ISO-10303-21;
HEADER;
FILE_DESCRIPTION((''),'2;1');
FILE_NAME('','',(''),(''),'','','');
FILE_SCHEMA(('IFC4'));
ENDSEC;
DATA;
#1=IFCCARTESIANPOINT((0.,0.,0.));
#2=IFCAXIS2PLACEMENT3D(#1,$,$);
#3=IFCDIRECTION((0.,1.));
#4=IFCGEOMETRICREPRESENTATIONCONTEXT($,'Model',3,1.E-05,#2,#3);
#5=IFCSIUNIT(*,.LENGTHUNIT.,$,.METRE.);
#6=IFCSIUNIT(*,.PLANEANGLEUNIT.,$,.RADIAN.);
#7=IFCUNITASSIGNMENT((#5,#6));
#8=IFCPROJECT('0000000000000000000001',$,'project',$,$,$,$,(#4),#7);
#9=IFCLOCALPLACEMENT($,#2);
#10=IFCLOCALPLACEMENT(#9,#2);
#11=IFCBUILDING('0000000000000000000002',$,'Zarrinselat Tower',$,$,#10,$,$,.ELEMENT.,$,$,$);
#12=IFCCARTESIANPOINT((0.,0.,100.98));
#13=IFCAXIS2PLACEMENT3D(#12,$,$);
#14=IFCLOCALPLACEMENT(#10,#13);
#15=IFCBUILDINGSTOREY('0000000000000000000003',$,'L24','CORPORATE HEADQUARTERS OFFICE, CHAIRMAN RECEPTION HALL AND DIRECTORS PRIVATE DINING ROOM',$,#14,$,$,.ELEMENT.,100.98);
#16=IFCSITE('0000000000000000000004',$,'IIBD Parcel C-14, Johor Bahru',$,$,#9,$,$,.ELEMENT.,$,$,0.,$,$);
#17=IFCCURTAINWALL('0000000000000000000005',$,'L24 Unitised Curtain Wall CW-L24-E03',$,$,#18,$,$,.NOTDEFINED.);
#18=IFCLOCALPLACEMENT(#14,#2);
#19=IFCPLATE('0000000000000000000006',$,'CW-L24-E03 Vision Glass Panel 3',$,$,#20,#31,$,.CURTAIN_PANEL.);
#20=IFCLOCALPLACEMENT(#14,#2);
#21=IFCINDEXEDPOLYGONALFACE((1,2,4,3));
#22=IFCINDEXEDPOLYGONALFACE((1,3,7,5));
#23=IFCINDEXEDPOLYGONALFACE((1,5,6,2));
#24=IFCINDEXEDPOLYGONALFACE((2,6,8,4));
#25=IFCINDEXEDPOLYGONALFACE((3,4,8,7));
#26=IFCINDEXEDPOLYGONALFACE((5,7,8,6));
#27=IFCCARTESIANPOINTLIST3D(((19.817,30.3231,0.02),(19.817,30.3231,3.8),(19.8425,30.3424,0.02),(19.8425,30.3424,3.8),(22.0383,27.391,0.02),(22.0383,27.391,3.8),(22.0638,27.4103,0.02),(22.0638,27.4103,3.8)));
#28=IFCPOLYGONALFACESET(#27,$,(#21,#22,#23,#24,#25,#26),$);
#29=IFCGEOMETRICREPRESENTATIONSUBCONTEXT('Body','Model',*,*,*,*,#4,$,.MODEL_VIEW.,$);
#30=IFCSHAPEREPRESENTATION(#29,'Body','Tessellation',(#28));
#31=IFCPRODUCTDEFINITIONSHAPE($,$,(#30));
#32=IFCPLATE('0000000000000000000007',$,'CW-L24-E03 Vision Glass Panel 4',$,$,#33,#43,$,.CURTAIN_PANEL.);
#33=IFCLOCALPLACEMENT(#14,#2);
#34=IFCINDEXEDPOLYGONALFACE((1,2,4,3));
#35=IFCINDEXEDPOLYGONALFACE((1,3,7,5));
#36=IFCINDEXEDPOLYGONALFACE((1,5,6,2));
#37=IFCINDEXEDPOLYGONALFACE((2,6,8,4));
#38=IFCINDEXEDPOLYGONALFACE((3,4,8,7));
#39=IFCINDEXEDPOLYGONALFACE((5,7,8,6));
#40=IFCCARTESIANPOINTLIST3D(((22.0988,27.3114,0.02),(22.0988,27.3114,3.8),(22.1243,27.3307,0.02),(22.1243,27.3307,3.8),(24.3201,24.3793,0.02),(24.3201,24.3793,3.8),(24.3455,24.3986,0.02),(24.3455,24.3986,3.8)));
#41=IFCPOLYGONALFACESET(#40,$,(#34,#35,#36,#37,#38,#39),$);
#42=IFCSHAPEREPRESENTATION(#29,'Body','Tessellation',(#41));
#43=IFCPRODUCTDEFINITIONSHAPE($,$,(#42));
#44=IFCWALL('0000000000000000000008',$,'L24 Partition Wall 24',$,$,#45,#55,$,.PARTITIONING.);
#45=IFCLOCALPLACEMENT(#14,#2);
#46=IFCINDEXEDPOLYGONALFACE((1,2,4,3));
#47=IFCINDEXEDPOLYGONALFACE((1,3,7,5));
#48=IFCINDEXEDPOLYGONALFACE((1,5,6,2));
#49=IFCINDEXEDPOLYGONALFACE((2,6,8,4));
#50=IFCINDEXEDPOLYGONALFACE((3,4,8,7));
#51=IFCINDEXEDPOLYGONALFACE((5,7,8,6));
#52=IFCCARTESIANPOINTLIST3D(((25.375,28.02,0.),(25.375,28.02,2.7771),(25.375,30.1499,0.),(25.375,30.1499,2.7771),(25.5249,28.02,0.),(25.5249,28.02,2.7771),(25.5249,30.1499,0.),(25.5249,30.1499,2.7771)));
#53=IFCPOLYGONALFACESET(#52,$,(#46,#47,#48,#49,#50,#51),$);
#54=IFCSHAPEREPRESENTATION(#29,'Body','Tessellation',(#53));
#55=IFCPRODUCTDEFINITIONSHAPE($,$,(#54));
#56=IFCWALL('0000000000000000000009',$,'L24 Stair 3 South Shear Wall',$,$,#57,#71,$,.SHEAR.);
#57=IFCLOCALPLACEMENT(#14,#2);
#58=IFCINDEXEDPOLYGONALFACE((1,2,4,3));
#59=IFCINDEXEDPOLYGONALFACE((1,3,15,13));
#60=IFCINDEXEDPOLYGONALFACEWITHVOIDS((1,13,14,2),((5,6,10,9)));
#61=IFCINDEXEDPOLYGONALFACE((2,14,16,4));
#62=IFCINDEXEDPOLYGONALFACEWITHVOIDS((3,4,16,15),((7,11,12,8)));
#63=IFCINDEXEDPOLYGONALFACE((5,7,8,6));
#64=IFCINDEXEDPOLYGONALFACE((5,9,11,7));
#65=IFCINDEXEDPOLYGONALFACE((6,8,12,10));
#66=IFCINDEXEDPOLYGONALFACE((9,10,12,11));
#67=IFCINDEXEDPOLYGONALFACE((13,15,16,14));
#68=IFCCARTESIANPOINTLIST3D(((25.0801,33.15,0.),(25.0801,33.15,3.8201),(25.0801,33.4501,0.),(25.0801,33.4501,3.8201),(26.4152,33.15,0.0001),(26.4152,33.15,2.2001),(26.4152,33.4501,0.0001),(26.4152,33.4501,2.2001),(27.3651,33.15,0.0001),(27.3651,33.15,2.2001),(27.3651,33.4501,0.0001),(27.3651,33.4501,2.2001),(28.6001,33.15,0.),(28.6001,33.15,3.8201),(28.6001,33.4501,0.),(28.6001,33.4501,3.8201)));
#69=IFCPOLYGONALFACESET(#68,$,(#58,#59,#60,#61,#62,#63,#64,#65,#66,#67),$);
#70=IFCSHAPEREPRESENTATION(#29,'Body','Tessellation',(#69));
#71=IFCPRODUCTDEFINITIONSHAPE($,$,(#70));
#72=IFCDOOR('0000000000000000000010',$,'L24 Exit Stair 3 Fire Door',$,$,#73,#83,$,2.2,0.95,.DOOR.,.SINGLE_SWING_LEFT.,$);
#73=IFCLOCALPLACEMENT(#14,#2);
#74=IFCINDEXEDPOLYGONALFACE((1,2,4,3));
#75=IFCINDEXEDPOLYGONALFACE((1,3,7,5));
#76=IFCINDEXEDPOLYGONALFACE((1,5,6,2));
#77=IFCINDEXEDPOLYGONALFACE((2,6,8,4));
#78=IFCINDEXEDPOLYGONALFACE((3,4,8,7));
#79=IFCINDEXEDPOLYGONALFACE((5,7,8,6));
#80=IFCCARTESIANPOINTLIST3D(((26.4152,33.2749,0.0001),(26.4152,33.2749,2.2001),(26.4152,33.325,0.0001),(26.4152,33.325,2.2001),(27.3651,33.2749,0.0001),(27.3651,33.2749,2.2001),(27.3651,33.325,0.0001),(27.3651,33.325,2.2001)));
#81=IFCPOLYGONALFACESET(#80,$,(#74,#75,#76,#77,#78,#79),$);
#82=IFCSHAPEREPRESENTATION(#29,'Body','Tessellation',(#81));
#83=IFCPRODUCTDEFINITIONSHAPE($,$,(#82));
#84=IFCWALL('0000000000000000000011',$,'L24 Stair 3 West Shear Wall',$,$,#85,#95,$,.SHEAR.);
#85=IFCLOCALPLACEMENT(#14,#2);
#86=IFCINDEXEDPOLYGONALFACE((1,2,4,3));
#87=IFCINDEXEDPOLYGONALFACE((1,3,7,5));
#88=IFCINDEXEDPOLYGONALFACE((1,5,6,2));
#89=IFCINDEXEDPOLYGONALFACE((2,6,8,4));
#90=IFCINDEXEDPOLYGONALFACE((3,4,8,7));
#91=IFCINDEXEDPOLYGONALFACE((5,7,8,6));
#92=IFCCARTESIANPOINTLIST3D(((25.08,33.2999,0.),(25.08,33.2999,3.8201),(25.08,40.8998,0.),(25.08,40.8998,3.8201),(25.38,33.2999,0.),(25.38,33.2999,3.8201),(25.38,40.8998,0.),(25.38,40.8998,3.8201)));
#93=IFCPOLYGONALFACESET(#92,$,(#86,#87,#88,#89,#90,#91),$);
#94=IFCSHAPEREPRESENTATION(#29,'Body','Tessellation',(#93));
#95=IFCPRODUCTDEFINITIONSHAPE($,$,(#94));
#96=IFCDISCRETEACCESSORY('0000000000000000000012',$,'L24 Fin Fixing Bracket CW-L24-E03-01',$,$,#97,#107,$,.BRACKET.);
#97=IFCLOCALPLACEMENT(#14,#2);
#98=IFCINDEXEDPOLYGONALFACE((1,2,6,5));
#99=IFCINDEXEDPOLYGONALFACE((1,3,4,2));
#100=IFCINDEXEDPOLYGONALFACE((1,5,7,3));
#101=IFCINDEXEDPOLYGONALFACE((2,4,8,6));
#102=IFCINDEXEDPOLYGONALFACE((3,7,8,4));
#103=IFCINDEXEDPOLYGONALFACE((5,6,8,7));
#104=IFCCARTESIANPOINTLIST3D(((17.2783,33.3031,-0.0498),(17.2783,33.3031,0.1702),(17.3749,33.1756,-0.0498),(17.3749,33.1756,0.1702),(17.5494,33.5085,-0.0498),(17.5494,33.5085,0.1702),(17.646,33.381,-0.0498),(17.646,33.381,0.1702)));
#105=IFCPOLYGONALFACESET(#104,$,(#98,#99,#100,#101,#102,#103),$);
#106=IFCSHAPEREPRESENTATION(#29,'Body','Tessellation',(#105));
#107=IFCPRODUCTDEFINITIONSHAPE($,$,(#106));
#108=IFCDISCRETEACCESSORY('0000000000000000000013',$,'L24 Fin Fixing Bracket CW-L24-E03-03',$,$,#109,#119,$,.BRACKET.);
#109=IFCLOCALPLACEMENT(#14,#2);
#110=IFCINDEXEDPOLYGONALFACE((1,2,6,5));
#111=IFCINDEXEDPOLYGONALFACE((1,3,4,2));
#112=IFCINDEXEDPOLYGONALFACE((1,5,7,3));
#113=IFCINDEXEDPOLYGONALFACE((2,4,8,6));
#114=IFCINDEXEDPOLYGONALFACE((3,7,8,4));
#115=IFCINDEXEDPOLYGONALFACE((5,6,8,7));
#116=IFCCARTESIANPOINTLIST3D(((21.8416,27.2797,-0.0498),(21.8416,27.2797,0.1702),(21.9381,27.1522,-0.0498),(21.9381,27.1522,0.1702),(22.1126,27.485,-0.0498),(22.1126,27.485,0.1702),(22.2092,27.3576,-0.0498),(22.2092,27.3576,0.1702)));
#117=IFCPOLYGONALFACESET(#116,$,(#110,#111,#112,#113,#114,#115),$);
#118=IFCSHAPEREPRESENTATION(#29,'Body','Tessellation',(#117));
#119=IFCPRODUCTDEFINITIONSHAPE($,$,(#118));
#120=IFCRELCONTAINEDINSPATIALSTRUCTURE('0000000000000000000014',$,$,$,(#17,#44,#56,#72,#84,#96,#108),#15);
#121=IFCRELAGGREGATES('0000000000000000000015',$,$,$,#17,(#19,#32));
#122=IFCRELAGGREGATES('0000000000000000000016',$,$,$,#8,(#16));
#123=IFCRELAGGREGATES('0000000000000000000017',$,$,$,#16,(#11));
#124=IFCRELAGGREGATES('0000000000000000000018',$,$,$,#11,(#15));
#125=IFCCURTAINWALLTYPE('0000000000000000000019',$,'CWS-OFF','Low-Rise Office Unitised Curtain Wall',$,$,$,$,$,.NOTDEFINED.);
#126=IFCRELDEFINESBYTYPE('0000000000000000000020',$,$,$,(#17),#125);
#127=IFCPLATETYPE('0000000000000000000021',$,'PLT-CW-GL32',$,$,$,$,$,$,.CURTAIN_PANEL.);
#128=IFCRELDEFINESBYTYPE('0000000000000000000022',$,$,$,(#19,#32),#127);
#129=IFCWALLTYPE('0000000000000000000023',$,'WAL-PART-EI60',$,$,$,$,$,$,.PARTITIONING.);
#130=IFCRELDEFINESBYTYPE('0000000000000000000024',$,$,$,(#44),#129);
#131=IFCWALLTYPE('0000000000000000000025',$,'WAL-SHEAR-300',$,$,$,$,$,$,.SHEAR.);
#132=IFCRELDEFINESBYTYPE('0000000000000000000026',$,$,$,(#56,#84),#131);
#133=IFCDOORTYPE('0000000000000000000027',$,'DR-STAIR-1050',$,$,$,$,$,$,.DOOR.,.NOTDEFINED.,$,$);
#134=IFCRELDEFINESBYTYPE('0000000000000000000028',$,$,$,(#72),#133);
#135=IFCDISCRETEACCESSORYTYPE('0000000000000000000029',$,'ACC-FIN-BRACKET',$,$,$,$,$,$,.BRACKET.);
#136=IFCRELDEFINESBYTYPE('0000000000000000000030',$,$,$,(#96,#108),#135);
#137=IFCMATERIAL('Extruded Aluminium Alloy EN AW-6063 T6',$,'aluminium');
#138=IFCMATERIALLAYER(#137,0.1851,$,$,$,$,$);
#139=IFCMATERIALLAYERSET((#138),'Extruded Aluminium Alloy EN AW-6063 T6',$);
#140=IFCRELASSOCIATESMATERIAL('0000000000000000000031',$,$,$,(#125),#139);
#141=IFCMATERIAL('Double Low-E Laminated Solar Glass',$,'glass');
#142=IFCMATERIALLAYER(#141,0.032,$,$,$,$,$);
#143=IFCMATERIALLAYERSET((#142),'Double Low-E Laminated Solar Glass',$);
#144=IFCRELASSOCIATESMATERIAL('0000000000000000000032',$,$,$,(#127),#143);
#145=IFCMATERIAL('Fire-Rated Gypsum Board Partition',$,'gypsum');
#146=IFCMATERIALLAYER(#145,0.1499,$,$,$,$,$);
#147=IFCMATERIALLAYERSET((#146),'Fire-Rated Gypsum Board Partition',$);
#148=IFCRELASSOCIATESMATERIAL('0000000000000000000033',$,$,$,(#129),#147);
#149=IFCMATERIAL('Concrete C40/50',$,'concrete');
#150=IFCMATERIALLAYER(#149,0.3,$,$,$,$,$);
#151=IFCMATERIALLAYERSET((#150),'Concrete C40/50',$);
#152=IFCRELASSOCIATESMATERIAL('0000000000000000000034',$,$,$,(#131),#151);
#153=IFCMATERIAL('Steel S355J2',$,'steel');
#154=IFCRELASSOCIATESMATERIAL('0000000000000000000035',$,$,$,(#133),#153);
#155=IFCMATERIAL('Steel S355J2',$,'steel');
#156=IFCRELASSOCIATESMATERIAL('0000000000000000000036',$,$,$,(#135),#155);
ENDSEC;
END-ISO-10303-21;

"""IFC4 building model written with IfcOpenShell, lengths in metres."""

from ifc_helpers import new_model, si_unit, direction, frame, frame_2d, origin, origin_2d, place, context, subcontext, project, spatial, rectangle, extrude, material, layer, layer_set, type_object, element, fill, aggregate, save


model = new_model("IFC4")

# Units and contexts
model_context = context("Model", 3, precision=1e-05, world=origin(), true_north=direction((0.0, 1.0)))
body_context = subcontext(model_context, "Body", "Model", "MODEL_VIEW")
ifc_project = project(units=[si_unit("LENGTHUNIT", "METRE"), si_unit("PLANEANGLEUNIT", "RADIAN")], contexts=[model_context])

# Site, building, storey
site_placement = place(None, origin())
site = spatial("IfcSite", under=ifc_project, at=site_placement, Name="IIBD Parcel C-14, Johor Bahru", CompositionType="ELEMENT", RefElevation=0.0)
building_placement = place(site_placement, origin())
building = spatial("IfcBuilding", under=site, at=building_placement, Name="Zarrinselat Tower", CompositionType="ELEMENT")
storey_placement = place(building_placement, frame((0.0, 0.0, 100.98)))
storey = spatial("IfcBuildingStorey", under=building, at=storey_placement, Name="L24", Description="CORPORATE HEADQUARTERS OFFICE, CHAIRMAN RECEPTION HALL AND DIRECTORS PRIVATE DINING ROOM", CompositionType="ELEMENT", Elevation=100.98)

# Curtain wall, plates
ifc_material_1 = material(Name="Extruded Aluminium Alloy EN AW-6063 T6", Category="aluminium")
ifc_layer_1 = layer(ifc_material_1, 0.1851)
ifc_layer_set_1 = layer_set([ifc_layer_1], Name="Extruded Aluminium Alloy EN AW-6063 T6")
curtain_wall_type = type_object("IfcCurtainWallType", Name="CWS-OFF", Description="Low-Rise Office Unitised Curtain Wall", PredefinedType="NOTDEFINED", material=ifc_layer_set_1)
curtain_wall_placement = place(storey_placement, origin())
curtain_wall = element("IfcCurtainWall", 1, at=curtain_wall_placement, inside=storey, type_object=curtain_wall_type, Name="L24 Unitised Curtain Wall CW-L24-E03", PredefinedType="NOTDEFINED")
ifc_material_2 = material(Name="Double Low-E Laminated Solar Glass", Category="glass")
ifc_layer_2 = layer(ifc_material_2, 0.032)
ifc_layer_set_2 = layer_set([ifc_layer_2], Name="Double Low-E Laminated Solar Glass")
plate_type = type_object("IfcPlateType", Name="PLT-CW-GL32", PredefinedType="CURTAIN_PANEL", material=ifc_layer_set_2)
plate_1_placement = place(storey_placement, frame((20.9404, 28.8667, 0.02), z_axis=(0.0, 0.0, 1.0), x_axis=(0.603858, -0.797092, 0.0)))
plate_1 = element("IfcPlate", 2, at=plate_1_placement, type_object=plate_type, Name="CW-L24-E03 Vision Glass Panel 3", PredefinedType="CURTAIN_PANEL", context=body_context, shape_type="SweptSolid", body=[
    extrude(rectangle(XDim=3.6785, YDim=0.032, at=origin_2d()), origin(), (0.0, 0.0, 1.0), 3.78),
])
plate_2_placement = place(storey_placement, frame((23.2222, 25.855, 0.02), z_axis=(0.0, 0.0, 1.0), x_axis=(0.603858, -0.797092, 0.0)))
plate_2 = element("IfcPlate", 3, at=plate_2_placement, type_object=plate_type, Name="CW-L24-E03 Vision Glass Panel 4", PredefinedType="CURTAIN_PANEL", context=body_context, shape_type="SweptSolid", body=[
    extrude(rectangle(XDim=3.6785, YDim=0.032, at=origin_2d()), origin(), (0.0, 0.0, 1.0), 3.78),
])
aggregate(curtain_wall, [plate_1, plate_2])

# Wall
ifc_material_3 = material(Name="Fire-Rated Gypsum Board Partition", Category="gypsum")
ifc_layer_3 = layer(ifc_material_3, 0.1499)
ifc_layer_set_3 = layer_set([ifc_layer_3], Name="Fire-Rated Gypsum Board Partition")
wall_type_1 = type_object("IfcWallType", Name="WAL-PART-EI60", PredefinedType="PARTITIONING", material=ifc_layer_set_3)
wall_1_placement = place(storey_placement, frame((25.45, 28.02, 0.0), z_axis=(0.0, 0.0, 1.0), x_axis=(0.0, 1.0, 0.0)))
element("IfcWall", 4, at=wall_1_placement, inside=storey, type_object=wall_type_1, Name="L24 Partition Wall 24", PredefinedType="PARTITIONING", context=body_context, shape_type="SweptSolid", body=[
    extrude(rectangle(XDim=2.1299, YDim=0.1499, at=frame_2d((1.0649, 0.0))), origin(), (0.0, 0.0, 1.0), 2.7771),
])

# Wall, opening, door
ifc_material_4 = material(Name="Concrete C40/50", Category="concrete")
ifc_layer_4 = layer(ifc_material_4, 0.3)
ifc_layer_set_4 = layer_set([ifc_layer_4], Name="Concrete C40/50")
wall_type_2 = type_object("IfcWallType", Name="WAL-SHEAR-300", PredefinedType="SHEAR", material=ifc_layer_set_4)
wall_2_placement = place(storey_placement, frame((25.0801, 33.3, 0.0), z_axis=(0.0, 0.0, 1.0), x_axis=(1.0, 0.0, 0.0)))
wall_2 = element("IfcWall", 5, at=wall_2_placement, inside=storey, type_object=wall_type_2, Name="L24 Stair 3 South Shear Wall", PredefinedType="SHEAR", context=body_context, shape_type="SweptSolid", body=[
    extrude(rectangle(XDim=3.52, YDim=0.3, at=frame_2d((1.76, 0.0))), origin(), (0.0, 0.0, 1.0), 3.8201),
])
opening_placement = place(wall_2_placement, frame((1.335, 0.0, 0.0)))
opening = element("IfcOpeningElement", 6, at=opening_placement, cuts=wall_2, PredefinedType="OPENING", context=body_context, shape_type="SweptSolid", body=[
    extrude(rectangle(XDim=0.95, YDim=2.2, at=frame_2d((0.4751, 1.1001))), frame((0.0, 0.1599, 0.0), z_axis=(0.0, -1.0, 0.0), x_axis=(1.0, 0.0, 0.0)), (0.0, 0.0, 1.0), 0.3201),
])
ifc_material_5 = material(Name="Steel S355J2", Category="steel")
door_type = type_object("IfcDoorType", Name="DR-STAIR-1050", OperationType="NOTDEFINED", PredefinedType="DOOR", material=ifc_material_5)
door_placement = place(opening_placement, origin())
door = element("IfcDoor", 7, at=door_placement, inside=storey, type_object=door_type, Name="L24 Exit Stair 3 Fire Door", OperationType="SINGLE_SWING_LEFT", OverallHeight=2.2, OverallWidth=0.95, PredefinedType="DOOR", context=body_context, shape_type="SweptSolid", body=[
    extrude(rectangle(XDim=0.95, YDim=2.2, at=frame_2d((0.4751, 1.1001))), frame((0.0, 0.0249, 0.0), z_axis=(0.0, -1.0, 0.0), x_axis=(1.0, 0.0, 0.0)), (0.0, 0.0, 1.0), 0.05),
])
fill(opening, door)

# Wall
wall_3_placement = place(storey_placement, frame((25.23, 33.3, 0.0), z_axis=(0.0, 0.0, 1.0), x_axis=(0.0, 1.0, 0.0)))
element("IfcWall", 8, at=wall_3_placement, inside=storey, type_object=wall_type_2, Name="L24 Stair 3 West Shear Wall", PredefinedType="SHEAR", context=body_context, shape_type="SweptSolid", body=[
    extrude(rectangle(XDim=7.5999, YDim=0.3, at=frame_2d((3.7998, 0.0))), origin(), (0.0, 0.0, 1.0), 3.8201),
])

# Discrete accessories
ifc_material_6 = material(Name="Steel S355J2", Category="steel")
discrete_accessory_type = type_object("IfcDiscreteAccessoryType", Name="ACC-FIN-BRACKET", PredefinedType="BRACKET", material=ifc_material_6)
for number, where, z_axis, x_axis, name in (
    (9, (17.4622, 33.342, -0.0498), (0.0, 0.0, 1.0), (-0.797092, -0.603858, 0.0), "L24 Fin Fixing Bracket CW-L24-E03-01"),
    (10, (22.0254, 27.3186, -0.0498), (0.0, 0.0, 1.0), (-0.797092, -0.603858, 0.0), "L24 Fin Fixing Bracket CW-L24-E03-03"),
):
    element("IfcDiscreteAccessory", number, at=place(storey_placement, frame(where, z_axis=z_axis, x_axis=x_axis)), inside=storey, type_object=discrete_accessory_type, Name=name, PredefinedType="BRACKET", context=body_context, shape_type="SweptSolid", body=[
        extrude(rectangle(XDim=0.3401, YDim=0.1599, at=origin_2d()), origin(), (0.0, 0.0, 1.0), 0.22),
    ])

save(model, "model.ifc")
